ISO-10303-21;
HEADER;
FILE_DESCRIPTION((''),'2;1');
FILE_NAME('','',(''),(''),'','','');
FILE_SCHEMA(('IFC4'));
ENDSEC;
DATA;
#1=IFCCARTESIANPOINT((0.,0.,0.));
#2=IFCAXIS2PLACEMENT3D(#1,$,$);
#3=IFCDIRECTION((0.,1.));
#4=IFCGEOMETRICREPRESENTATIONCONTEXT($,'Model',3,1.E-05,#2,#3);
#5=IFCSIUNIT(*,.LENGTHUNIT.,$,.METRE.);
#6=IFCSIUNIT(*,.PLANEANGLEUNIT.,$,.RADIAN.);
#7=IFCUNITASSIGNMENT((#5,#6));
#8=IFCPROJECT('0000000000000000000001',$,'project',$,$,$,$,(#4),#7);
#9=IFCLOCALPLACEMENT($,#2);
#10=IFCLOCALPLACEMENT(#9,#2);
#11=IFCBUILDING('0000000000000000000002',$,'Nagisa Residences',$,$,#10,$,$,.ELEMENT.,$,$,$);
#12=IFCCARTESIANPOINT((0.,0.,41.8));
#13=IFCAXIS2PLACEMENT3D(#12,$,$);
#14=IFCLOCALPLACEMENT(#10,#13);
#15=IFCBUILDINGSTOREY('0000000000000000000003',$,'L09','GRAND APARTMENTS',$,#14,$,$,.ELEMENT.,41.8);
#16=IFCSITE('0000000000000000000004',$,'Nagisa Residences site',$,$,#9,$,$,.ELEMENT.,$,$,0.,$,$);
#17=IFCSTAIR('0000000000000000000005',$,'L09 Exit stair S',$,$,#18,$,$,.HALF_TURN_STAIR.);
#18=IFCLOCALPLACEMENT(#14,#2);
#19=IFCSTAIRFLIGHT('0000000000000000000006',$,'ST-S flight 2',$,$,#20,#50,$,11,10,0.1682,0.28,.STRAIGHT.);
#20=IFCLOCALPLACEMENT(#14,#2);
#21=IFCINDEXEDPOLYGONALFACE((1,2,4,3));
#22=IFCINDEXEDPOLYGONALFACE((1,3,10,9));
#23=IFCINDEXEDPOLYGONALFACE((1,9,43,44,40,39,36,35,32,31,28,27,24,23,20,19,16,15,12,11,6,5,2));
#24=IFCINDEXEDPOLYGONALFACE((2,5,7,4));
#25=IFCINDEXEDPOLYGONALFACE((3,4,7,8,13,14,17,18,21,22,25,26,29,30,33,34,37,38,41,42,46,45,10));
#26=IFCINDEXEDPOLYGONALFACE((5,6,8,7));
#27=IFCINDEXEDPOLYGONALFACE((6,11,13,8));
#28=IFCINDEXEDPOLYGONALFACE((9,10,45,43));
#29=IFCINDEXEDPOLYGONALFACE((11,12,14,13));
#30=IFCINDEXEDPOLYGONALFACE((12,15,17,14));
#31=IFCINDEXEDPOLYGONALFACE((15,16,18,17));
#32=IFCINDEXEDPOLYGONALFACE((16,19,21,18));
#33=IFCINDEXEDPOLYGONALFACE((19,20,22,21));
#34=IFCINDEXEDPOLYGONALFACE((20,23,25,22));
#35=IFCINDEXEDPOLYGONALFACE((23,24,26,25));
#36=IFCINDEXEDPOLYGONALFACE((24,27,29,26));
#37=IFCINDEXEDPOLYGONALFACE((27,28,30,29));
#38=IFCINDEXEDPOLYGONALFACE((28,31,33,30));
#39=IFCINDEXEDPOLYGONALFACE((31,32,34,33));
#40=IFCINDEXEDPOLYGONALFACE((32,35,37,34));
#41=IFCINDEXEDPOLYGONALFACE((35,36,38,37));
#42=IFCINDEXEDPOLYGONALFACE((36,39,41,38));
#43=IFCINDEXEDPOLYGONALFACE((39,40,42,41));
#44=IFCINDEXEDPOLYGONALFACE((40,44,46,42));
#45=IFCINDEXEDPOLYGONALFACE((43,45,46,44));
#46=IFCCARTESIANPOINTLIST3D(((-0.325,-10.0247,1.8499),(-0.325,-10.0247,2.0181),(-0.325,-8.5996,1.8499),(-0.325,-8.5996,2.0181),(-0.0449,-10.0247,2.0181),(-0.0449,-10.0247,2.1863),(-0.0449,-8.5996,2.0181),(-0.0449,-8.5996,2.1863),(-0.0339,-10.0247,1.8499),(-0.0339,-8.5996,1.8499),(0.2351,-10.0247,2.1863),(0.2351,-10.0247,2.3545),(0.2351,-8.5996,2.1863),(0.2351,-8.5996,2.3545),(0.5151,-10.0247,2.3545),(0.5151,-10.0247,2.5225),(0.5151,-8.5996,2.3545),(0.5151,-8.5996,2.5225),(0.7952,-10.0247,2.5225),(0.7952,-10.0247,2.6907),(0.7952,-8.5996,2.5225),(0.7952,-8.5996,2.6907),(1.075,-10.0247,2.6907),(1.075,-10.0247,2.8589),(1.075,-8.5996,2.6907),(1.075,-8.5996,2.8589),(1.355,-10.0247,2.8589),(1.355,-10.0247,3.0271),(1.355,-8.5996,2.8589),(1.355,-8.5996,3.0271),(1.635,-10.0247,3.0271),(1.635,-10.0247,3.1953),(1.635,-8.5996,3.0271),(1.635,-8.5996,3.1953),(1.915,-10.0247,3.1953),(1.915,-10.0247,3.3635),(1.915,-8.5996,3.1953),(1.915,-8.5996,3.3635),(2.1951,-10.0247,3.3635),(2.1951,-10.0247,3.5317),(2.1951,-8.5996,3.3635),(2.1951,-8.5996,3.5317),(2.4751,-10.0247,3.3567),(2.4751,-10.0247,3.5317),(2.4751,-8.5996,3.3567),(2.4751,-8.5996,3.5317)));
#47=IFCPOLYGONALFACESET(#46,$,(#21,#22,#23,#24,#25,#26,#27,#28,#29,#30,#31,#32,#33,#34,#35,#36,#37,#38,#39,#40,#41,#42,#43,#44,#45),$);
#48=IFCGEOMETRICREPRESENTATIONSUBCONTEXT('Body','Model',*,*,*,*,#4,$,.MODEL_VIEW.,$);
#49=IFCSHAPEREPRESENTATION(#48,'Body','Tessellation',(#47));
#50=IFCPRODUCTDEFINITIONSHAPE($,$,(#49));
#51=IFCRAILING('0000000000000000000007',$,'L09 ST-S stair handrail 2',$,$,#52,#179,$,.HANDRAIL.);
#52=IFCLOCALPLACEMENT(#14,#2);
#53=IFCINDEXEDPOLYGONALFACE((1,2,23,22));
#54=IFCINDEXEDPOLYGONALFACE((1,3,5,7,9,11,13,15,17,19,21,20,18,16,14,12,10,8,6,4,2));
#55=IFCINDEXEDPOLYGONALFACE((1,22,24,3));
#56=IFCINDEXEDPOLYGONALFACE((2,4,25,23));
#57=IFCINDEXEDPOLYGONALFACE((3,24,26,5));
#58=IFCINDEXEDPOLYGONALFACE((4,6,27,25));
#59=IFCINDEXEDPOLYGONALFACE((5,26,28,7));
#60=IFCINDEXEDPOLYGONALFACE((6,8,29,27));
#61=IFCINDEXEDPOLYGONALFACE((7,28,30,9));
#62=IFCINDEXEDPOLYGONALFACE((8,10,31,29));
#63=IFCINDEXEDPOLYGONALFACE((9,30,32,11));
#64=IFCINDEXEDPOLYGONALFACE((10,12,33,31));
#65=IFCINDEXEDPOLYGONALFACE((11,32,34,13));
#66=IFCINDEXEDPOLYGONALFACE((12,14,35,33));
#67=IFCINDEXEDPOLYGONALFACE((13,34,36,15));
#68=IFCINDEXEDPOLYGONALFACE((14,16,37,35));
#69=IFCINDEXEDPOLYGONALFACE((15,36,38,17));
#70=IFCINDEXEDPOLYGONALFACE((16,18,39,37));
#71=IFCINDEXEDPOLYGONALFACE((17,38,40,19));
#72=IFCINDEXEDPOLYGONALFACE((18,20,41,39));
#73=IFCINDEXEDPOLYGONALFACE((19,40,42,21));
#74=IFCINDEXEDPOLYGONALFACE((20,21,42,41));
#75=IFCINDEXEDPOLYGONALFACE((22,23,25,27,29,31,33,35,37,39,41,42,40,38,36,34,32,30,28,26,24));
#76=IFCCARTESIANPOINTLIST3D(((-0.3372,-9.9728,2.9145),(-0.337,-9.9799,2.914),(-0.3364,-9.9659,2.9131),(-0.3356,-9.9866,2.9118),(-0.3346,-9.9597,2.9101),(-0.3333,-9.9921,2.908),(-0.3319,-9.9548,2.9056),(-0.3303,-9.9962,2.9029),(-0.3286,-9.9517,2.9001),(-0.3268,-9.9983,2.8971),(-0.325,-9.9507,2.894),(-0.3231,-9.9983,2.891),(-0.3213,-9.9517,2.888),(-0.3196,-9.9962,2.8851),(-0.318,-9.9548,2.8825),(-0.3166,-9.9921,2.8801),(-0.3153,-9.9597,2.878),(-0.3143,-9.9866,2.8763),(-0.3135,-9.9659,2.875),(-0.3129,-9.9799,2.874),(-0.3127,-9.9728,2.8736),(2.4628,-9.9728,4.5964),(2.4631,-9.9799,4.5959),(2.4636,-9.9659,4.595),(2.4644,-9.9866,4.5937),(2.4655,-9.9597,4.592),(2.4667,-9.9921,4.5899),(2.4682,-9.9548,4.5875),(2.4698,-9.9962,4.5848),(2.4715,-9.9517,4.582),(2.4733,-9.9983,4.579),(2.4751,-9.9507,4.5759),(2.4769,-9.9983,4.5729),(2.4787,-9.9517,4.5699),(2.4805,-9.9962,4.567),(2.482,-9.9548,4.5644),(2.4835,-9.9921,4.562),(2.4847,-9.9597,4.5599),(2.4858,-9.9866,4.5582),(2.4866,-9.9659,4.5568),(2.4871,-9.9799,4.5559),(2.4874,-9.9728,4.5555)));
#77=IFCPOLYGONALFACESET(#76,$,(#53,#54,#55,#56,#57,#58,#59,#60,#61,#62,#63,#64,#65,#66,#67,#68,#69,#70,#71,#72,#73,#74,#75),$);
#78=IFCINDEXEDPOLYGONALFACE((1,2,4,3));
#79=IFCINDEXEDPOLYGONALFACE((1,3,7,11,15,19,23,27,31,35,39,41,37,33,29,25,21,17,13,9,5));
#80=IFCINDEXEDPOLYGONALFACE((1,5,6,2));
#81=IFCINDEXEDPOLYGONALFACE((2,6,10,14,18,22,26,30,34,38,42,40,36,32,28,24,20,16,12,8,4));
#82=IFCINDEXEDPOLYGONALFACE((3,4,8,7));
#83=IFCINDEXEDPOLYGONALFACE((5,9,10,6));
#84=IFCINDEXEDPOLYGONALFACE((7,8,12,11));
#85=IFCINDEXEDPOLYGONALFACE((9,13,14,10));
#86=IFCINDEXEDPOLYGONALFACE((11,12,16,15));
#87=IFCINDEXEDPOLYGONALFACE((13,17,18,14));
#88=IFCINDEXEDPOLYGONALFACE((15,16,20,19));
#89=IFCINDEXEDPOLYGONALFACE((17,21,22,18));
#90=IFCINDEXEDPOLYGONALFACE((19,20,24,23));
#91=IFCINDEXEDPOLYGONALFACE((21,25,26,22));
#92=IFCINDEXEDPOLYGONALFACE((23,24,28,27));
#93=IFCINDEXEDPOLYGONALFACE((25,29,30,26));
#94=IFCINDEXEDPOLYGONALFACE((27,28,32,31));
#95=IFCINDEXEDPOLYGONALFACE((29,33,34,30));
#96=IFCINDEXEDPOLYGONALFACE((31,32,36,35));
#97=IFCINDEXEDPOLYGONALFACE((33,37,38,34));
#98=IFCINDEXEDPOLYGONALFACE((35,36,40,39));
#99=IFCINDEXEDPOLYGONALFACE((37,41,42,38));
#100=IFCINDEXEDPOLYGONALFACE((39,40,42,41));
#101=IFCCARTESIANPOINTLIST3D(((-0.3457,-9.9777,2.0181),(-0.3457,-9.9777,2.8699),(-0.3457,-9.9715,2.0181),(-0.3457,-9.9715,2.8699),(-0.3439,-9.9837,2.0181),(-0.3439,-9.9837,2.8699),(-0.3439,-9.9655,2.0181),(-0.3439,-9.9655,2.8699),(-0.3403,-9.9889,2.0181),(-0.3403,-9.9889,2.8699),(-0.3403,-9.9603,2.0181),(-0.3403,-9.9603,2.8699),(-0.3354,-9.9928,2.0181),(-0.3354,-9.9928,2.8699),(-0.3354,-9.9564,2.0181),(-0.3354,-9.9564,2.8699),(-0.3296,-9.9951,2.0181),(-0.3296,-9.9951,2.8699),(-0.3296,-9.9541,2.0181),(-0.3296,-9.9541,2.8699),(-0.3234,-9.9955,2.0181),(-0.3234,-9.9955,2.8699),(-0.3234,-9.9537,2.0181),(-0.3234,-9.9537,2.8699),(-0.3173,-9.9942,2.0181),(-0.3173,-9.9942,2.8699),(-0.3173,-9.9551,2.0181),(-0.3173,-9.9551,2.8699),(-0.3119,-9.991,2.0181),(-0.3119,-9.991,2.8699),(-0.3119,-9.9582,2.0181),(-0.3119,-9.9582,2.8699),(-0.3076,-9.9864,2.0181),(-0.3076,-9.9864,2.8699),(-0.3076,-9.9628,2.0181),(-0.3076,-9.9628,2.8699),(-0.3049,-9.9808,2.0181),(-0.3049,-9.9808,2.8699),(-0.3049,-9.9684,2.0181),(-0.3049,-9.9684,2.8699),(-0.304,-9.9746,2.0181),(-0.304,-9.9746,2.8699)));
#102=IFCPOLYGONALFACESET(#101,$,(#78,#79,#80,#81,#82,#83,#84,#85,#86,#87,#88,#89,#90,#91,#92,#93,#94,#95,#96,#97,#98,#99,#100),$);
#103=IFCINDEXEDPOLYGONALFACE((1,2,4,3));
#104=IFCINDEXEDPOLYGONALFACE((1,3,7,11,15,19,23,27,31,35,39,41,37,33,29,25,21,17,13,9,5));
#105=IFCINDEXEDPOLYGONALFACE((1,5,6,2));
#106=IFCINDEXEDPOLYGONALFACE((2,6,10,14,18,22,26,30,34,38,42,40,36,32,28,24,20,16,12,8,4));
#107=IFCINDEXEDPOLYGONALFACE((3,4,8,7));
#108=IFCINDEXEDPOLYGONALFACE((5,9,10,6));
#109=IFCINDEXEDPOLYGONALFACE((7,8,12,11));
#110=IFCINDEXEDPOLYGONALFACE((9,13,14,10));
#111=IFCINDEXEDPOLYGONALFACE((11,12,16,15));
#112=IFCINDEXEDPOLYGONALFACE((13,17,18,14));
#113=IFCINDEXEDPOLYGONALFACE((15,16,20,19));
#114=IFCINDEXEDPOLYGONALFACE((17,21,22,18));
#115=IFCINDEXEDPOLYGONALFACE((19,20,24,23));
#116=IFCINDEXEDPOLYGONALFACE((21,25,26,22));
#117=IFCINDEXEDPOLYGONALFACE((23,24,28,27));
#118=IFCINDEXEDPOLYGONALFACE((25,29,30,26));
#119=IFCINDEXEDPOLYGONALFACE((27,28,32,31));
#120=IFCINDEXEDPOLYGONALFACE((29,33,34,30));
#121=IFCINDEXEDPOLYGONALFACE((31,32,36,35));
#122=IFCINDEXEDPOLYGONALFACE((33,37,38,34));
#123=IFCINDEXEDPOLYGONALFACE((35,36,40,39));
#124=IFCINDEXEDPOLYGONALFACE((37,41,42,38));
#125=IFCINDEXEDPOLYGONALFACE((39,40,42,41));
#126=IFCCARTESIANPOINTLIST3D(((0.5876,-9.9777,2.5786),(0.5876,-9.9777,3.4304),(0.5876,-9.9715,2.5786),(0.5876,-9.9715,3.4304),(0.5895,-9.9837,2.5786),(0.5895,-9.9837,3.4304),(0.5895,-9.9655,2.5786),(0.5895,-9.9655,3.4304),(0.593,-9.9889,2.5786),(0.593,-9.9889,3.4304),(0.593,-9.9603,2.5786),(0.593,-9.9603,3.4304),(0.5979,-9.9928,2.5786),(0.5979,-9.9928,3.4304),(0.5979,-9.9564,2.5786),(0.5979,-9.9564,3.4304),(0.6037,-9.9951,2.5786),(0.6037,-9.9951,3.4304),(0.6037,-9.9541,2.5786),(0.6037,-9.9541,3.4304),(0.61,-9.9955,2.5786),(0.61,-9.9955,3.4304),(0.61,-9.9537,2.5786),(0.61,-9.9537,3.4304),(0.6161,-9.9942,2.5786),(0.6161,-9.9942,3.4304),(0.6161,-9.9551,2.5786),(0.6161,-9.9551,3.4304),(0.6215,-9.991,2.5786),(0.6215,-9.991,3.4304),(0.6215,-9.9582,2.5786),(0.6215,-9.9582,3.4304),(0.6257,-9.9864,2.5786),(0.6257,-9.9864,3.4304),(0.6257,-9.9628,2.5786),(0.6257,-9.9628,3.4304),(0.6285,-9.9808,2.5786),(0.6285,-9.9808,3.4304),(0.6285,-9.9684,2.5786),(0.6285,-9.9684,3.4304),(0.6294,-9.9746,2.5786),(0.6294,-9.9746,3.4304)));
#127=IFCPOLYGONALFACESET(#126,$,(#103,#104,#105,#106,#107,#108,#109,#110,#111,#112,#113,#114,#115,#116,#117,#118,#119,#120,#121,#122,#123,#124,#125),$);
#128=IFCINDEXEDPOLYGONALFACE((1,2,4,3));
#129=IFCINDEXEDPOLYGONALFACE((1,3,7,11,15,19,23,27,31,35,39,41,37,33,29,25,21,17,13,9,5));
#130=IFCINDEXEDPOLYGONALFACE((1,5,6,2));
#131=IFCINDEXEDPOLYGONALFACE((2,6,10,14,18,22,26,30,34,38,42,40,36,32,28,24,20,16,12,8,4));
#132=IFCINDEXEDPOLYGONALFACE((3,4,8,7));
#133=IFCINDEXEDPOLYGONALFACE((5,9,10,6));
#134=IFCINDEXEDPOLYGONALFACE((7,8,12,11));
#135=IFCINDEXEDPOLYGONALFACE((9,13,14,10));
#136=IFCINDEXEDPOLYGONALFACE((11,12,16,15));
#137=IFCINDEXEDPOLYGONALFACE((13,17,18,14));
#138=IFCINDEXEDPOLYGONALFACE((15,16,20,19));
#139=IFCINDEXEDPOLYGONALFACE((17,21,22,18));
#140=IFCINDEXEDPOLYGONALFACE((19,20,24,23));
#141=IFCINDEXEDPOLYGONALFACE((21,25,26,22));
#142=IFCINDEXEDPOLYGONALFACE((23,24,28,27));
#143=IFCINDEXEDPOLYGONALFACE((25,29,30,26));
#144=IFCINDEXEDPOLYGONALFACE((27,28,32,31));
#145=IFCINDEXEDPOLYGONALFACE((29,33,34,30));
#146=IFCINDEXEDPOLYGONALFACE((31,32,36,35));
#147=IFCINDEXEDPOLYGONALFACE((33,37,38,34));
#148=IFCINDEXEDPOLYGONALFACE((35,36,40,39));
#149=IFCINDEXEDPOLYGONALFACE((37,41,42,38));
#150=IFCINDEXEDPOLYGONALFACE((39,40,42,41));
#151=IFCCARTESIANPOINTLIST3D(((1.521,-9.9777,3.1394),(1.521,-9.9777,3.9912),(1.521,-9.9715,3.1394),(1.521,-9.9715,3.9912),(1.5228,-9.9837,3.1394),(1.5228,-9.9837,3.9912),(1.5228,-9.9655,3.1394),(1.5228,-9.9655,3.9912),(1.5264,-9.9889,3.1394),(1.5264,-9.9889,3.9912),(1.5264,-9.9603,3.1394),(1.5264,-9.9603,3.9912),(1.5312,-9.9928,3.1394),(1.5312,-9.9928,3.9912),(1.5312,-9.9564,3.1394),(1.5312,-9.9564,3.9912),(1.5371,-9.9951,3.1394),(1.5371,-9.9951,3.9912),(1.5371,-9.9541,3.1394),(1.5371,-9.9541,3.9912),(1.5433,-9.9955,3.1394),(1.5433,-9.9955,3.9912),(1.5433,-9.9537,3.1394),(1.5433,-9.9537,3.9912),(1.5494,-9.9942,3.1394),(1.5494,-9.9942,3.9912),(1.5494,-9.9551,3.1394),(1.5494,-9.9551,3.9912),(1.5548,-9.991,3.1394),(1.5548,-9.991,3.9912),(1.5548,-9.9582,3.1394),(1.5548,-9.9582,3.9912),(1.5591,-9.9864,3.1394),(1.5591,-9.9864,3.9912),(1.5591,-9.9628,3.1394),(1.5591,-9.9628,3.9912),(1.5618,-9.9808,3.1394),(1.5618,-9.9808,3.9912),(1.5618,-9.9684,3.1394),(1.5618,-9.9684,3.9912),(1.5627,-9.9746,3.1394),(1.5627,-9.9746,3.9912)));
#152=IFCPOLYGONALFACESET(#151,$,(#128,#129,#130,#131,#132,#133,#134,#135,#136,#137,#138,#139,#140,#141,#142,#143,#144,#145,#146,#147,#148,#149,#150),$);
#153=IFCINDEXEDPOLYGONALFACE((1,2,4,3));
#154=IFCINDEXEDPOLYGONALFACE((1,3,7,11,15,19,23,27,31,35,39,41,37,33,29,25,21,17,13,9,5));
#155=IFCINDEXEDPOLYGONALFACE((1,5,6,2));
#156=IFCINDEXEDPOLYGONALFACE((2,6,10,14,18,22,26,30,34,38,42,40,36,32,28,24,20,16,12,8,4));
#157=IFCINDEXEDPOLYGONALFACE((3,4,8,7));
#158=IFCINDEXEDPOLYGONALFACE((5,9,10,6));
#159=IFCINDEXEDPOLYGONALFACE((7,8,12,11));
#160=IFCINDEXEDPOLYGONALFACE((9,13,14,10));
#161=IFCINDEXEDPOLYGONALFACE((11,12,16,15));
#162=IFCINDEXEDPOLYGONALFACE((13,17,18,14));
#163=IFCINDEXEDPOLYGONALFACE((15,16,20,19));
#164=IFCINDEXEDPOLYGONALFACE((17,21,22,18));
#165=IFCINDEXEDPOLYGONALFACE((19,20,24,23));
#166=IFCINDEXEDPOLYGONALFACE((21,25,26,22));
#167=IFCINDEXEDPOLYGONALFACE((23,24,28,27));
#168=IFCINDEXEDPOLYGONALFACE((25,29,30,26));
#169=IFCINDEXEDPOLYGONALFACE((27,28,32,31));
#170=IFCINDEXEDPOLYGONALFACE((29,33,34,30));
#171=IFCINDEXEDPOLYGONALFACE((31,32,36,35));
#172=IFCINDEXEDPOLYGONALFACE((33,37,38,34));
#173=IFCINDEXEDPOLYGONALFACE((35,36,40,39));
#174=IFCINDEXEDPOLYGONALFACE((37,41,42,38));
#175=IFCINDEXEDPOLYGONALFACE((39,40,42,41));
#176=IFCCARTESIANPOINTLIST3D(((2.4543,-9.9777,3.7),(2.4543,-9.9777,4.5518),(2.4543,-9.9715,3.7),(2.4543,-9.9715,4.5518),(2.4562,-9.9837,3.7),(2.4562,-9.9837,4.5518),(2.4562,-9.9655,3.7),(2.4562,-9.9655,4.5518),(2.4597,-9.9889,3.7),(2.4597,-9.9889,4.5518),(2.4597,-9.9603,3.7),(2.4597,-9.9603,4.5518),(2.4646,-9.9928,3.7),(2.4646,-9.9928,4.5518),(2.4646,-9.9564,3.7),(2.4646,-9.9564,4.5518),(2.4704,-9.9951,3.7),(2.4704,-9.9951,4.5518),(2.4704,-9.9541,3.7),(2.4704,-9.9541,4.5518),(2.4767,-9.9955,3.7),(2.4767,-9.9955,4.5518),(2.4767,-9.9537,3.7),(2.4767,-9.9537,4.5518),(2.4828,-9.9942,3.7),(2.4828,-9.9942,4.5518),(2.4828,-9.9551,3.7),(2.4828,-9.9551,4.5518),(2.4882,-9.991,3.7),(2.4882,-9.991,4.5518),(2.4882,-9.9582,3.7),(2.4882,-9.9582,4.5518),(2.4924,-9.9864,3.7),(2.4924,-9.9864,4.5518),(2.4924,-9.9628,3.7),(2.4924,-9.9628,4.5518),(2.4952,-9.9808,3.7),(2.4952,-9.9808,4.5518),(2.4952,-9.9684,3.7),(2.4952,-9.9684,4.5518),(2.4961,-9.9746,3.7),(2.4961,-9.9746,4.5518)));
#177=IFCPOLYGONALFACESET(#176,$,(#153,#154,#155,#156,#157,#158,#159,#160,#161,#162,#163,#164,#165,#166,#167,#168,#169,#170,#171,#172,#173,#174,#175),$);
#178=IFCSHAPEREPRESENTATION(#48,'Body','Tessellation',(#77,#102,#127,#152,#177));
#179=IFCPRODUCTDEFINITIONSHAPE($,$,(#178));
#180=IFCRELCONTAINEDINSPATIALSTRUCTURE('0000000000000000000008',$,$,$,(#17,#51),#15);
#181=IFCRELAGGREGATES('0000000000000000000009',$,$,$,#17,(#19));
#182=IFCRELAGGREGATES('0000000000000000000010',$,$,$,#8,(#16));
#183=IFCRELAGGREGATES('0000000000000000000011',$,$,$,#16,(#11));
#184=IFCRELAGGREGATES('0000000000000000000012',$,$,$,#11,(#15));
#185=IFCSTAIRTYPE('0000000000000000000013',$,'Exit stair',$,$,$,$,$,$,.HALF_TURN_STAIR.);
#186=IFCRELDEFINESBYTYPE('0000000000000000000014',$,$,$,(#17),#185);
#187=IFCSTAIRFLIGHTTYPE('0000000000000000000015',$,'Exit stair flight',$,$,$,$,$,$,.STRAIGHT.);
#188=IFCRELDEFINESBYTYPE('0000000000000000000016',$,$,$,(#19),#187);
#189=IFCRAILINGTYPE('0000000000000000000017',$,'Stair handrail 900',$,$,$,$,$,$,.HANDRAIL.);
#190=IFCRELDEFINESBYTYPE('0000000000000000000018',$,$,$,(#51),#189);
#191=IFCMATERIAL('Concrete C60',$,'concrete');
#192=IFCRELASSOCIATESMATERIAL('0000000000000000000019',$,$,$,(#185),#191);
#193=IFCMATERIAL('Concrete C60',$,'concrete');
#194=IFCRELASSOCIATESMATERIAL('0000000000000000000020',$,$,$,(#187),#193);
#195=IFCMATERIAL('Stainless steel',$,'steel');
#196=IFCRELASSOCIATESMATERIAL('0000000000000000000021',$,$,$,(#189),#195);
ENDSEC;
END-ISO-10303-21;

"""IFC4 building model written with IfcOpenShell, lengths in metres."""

from ifc_helpers import new_model, si_unit, direction, frame, origin, origin_2d, place, context, subcontext, project, spatial, polyline, circle, outline, extrude, material, type_object, element, aggregate, save


model = new_model("IFC4")

# Units and contexts
model_context = context("Model", 3, precision=1e-05, world=origin(), true_north=direction((0.0, 1.0)))
body_context = subcontext(model_context, "Body", "Model", "MODEL_VIEW")
ifc_project = project(units=[si_unit("LENGTHUNIT", "METRE"), si_unit("PLANEANGLEUNIT", "RADIAN")], contexts=[model_context])

# Site, building, storey
site_placement = place(None, origin())
site = spatial("IfcSite", under=ifc_project, at=site_placement, Name="Nagisa Residences site", CompositionType="ELEMENT", RefElevation=0.0)
building_placement = place(site_placement, origin())
building = spatial("IfcBuilding", under=site, at=building_placement, Name="Nagisa Residences", CompositionType="ELEMENT")
storey_placement = place(building_placement, frame((0.0, 0.0, 41.8)))
storey = spatial("IfcBuildingStorey", under=building, at=storey_placement, Name="L09", Description="GRAND APARTMENTS", CompositionType="ELEMENT", Elevation=41.8)

# Stair, stair flight
ifc_material_1 = material(Name="Concrete C60", Category="concrete")
stair_type = type_object("IfcStairType", Name="Exit stair", PredefinedType="HALF_TURN_STAIR", material=ifc_material_1)
stair_placement = place(storey_placement, origin())
stair = element("IfcStair", 1, at=stair_placement, inside=storey, type_object=stair_type, Name="L09 Exit stair S", PredefinedType="HALF_TURN_STAIR")
ifc_material_2 = material(Name="Concrete C60", Category="concrete")
stair_flight_type = type_object("IfcStairFlightType", Name="Exit stair flight", PredefinedType="STRAIGHT", material=ifc_material_2)
stair_flight_placement = place(storey_placement, frame((-0.325, -9.312, 1.8499), z_axis=(0.0, 0.0, 1.0), x_axis=(1.0, 0.0, 0.0)))
stair_flight = element("IfcStairFlight", 2, at=stair_flight_placement, type_object=stair_flight_type, Name="ST-S flight 2", NumberOfRisers=11, NumberOfTreads=10, PredefinedType="STRAIGHT", RiserHeight=0.1682, TreadLength=0.28, context=body_context, shape_type="SweptSolid", body=[
    extrude(outline(polyline([(0.0, 0.0), (0.0, 0.1682), (0.28, 0.1682), (0.28, 0.3364), (0.5601, 0.3364), (0.5601, 0.5046), (0.8401, 0.5046), (0.8401, 0.6726), (1.1201, 0.6726), (1.1201, 0.8408), (1.3999, 0.8408), (1.3999, 1.009), (1.6799, 1.009), (1.6799, 1.1772), (1.96, 1.1772), (1.96, 1.3455), (2.24, 1.3455), (2.24, 1.5137), (2.52, 1.5137), (2.52, 1.6819), (2.8, 1.6819), (2.8, 1.8501), (2.8, 1.5068), (0.291, 0.0), (0.0, 0.0)])), frame((0.0, 0.7124, 0.0), z_axis=(0.0, -1.0, 0.0), x_axis=(1.0, 0.0, 0.0)), (0.0, 0.0, 1.0), 1.425),
])
aggregate(stair, [stair_flight])

# Railing
ifc_material_3 = material(Name="Stainless steel", Category="steel")
railing_type = type_object("IfcRailingType", Name="Stair handrail 900", PredefinedType="HANDRAIL", material=ifc_material_3)
railing_placement = place(storey_placement, frame((-0.325, -9.9746, 2.0181)))
element("IfcRailing", 3, at=railing_placement, inside=storey, type_object=railing_type, Name="L09 ST-S stair handrail 2", PredefinedType="HANDRAIL", context=body_context, shape_type="SweptSolid", body=[
    extrude(circle(Radius=0.0239, at=origin_2d()), frame((0.0, 0.0, 0.876), z_axis=(0.857242, 0.0, 0.514913), x_axis=(0.0, 1.0, 0.0)), (0.0, 0.0, 1.0), 3.2664),
    extrude(circle(Radius=0.021, at=origin_2d()), origin(), (0.0, 0.0, 1.0), 0.8518),
    extrude(circle(Radius=0.021, at=origin_2d()), frame((0.9333, 0.0, 0.5605)), (0.0, 0.0, 1.0), 0.8518),
    extrude(circle(Radius=0.021, at=origin_2d()), frame((1.8667, 0.0, 1.1213)), (0.0, 0.0, 1.0), 0.8518),
    extrude(circle(Radius=0.021, at=origin_2d()), frame((2.8, 0.0, 1.6819)), (0.0, 0.0, 1.0), 0.8518),
])

save(model, "model.ifc")
